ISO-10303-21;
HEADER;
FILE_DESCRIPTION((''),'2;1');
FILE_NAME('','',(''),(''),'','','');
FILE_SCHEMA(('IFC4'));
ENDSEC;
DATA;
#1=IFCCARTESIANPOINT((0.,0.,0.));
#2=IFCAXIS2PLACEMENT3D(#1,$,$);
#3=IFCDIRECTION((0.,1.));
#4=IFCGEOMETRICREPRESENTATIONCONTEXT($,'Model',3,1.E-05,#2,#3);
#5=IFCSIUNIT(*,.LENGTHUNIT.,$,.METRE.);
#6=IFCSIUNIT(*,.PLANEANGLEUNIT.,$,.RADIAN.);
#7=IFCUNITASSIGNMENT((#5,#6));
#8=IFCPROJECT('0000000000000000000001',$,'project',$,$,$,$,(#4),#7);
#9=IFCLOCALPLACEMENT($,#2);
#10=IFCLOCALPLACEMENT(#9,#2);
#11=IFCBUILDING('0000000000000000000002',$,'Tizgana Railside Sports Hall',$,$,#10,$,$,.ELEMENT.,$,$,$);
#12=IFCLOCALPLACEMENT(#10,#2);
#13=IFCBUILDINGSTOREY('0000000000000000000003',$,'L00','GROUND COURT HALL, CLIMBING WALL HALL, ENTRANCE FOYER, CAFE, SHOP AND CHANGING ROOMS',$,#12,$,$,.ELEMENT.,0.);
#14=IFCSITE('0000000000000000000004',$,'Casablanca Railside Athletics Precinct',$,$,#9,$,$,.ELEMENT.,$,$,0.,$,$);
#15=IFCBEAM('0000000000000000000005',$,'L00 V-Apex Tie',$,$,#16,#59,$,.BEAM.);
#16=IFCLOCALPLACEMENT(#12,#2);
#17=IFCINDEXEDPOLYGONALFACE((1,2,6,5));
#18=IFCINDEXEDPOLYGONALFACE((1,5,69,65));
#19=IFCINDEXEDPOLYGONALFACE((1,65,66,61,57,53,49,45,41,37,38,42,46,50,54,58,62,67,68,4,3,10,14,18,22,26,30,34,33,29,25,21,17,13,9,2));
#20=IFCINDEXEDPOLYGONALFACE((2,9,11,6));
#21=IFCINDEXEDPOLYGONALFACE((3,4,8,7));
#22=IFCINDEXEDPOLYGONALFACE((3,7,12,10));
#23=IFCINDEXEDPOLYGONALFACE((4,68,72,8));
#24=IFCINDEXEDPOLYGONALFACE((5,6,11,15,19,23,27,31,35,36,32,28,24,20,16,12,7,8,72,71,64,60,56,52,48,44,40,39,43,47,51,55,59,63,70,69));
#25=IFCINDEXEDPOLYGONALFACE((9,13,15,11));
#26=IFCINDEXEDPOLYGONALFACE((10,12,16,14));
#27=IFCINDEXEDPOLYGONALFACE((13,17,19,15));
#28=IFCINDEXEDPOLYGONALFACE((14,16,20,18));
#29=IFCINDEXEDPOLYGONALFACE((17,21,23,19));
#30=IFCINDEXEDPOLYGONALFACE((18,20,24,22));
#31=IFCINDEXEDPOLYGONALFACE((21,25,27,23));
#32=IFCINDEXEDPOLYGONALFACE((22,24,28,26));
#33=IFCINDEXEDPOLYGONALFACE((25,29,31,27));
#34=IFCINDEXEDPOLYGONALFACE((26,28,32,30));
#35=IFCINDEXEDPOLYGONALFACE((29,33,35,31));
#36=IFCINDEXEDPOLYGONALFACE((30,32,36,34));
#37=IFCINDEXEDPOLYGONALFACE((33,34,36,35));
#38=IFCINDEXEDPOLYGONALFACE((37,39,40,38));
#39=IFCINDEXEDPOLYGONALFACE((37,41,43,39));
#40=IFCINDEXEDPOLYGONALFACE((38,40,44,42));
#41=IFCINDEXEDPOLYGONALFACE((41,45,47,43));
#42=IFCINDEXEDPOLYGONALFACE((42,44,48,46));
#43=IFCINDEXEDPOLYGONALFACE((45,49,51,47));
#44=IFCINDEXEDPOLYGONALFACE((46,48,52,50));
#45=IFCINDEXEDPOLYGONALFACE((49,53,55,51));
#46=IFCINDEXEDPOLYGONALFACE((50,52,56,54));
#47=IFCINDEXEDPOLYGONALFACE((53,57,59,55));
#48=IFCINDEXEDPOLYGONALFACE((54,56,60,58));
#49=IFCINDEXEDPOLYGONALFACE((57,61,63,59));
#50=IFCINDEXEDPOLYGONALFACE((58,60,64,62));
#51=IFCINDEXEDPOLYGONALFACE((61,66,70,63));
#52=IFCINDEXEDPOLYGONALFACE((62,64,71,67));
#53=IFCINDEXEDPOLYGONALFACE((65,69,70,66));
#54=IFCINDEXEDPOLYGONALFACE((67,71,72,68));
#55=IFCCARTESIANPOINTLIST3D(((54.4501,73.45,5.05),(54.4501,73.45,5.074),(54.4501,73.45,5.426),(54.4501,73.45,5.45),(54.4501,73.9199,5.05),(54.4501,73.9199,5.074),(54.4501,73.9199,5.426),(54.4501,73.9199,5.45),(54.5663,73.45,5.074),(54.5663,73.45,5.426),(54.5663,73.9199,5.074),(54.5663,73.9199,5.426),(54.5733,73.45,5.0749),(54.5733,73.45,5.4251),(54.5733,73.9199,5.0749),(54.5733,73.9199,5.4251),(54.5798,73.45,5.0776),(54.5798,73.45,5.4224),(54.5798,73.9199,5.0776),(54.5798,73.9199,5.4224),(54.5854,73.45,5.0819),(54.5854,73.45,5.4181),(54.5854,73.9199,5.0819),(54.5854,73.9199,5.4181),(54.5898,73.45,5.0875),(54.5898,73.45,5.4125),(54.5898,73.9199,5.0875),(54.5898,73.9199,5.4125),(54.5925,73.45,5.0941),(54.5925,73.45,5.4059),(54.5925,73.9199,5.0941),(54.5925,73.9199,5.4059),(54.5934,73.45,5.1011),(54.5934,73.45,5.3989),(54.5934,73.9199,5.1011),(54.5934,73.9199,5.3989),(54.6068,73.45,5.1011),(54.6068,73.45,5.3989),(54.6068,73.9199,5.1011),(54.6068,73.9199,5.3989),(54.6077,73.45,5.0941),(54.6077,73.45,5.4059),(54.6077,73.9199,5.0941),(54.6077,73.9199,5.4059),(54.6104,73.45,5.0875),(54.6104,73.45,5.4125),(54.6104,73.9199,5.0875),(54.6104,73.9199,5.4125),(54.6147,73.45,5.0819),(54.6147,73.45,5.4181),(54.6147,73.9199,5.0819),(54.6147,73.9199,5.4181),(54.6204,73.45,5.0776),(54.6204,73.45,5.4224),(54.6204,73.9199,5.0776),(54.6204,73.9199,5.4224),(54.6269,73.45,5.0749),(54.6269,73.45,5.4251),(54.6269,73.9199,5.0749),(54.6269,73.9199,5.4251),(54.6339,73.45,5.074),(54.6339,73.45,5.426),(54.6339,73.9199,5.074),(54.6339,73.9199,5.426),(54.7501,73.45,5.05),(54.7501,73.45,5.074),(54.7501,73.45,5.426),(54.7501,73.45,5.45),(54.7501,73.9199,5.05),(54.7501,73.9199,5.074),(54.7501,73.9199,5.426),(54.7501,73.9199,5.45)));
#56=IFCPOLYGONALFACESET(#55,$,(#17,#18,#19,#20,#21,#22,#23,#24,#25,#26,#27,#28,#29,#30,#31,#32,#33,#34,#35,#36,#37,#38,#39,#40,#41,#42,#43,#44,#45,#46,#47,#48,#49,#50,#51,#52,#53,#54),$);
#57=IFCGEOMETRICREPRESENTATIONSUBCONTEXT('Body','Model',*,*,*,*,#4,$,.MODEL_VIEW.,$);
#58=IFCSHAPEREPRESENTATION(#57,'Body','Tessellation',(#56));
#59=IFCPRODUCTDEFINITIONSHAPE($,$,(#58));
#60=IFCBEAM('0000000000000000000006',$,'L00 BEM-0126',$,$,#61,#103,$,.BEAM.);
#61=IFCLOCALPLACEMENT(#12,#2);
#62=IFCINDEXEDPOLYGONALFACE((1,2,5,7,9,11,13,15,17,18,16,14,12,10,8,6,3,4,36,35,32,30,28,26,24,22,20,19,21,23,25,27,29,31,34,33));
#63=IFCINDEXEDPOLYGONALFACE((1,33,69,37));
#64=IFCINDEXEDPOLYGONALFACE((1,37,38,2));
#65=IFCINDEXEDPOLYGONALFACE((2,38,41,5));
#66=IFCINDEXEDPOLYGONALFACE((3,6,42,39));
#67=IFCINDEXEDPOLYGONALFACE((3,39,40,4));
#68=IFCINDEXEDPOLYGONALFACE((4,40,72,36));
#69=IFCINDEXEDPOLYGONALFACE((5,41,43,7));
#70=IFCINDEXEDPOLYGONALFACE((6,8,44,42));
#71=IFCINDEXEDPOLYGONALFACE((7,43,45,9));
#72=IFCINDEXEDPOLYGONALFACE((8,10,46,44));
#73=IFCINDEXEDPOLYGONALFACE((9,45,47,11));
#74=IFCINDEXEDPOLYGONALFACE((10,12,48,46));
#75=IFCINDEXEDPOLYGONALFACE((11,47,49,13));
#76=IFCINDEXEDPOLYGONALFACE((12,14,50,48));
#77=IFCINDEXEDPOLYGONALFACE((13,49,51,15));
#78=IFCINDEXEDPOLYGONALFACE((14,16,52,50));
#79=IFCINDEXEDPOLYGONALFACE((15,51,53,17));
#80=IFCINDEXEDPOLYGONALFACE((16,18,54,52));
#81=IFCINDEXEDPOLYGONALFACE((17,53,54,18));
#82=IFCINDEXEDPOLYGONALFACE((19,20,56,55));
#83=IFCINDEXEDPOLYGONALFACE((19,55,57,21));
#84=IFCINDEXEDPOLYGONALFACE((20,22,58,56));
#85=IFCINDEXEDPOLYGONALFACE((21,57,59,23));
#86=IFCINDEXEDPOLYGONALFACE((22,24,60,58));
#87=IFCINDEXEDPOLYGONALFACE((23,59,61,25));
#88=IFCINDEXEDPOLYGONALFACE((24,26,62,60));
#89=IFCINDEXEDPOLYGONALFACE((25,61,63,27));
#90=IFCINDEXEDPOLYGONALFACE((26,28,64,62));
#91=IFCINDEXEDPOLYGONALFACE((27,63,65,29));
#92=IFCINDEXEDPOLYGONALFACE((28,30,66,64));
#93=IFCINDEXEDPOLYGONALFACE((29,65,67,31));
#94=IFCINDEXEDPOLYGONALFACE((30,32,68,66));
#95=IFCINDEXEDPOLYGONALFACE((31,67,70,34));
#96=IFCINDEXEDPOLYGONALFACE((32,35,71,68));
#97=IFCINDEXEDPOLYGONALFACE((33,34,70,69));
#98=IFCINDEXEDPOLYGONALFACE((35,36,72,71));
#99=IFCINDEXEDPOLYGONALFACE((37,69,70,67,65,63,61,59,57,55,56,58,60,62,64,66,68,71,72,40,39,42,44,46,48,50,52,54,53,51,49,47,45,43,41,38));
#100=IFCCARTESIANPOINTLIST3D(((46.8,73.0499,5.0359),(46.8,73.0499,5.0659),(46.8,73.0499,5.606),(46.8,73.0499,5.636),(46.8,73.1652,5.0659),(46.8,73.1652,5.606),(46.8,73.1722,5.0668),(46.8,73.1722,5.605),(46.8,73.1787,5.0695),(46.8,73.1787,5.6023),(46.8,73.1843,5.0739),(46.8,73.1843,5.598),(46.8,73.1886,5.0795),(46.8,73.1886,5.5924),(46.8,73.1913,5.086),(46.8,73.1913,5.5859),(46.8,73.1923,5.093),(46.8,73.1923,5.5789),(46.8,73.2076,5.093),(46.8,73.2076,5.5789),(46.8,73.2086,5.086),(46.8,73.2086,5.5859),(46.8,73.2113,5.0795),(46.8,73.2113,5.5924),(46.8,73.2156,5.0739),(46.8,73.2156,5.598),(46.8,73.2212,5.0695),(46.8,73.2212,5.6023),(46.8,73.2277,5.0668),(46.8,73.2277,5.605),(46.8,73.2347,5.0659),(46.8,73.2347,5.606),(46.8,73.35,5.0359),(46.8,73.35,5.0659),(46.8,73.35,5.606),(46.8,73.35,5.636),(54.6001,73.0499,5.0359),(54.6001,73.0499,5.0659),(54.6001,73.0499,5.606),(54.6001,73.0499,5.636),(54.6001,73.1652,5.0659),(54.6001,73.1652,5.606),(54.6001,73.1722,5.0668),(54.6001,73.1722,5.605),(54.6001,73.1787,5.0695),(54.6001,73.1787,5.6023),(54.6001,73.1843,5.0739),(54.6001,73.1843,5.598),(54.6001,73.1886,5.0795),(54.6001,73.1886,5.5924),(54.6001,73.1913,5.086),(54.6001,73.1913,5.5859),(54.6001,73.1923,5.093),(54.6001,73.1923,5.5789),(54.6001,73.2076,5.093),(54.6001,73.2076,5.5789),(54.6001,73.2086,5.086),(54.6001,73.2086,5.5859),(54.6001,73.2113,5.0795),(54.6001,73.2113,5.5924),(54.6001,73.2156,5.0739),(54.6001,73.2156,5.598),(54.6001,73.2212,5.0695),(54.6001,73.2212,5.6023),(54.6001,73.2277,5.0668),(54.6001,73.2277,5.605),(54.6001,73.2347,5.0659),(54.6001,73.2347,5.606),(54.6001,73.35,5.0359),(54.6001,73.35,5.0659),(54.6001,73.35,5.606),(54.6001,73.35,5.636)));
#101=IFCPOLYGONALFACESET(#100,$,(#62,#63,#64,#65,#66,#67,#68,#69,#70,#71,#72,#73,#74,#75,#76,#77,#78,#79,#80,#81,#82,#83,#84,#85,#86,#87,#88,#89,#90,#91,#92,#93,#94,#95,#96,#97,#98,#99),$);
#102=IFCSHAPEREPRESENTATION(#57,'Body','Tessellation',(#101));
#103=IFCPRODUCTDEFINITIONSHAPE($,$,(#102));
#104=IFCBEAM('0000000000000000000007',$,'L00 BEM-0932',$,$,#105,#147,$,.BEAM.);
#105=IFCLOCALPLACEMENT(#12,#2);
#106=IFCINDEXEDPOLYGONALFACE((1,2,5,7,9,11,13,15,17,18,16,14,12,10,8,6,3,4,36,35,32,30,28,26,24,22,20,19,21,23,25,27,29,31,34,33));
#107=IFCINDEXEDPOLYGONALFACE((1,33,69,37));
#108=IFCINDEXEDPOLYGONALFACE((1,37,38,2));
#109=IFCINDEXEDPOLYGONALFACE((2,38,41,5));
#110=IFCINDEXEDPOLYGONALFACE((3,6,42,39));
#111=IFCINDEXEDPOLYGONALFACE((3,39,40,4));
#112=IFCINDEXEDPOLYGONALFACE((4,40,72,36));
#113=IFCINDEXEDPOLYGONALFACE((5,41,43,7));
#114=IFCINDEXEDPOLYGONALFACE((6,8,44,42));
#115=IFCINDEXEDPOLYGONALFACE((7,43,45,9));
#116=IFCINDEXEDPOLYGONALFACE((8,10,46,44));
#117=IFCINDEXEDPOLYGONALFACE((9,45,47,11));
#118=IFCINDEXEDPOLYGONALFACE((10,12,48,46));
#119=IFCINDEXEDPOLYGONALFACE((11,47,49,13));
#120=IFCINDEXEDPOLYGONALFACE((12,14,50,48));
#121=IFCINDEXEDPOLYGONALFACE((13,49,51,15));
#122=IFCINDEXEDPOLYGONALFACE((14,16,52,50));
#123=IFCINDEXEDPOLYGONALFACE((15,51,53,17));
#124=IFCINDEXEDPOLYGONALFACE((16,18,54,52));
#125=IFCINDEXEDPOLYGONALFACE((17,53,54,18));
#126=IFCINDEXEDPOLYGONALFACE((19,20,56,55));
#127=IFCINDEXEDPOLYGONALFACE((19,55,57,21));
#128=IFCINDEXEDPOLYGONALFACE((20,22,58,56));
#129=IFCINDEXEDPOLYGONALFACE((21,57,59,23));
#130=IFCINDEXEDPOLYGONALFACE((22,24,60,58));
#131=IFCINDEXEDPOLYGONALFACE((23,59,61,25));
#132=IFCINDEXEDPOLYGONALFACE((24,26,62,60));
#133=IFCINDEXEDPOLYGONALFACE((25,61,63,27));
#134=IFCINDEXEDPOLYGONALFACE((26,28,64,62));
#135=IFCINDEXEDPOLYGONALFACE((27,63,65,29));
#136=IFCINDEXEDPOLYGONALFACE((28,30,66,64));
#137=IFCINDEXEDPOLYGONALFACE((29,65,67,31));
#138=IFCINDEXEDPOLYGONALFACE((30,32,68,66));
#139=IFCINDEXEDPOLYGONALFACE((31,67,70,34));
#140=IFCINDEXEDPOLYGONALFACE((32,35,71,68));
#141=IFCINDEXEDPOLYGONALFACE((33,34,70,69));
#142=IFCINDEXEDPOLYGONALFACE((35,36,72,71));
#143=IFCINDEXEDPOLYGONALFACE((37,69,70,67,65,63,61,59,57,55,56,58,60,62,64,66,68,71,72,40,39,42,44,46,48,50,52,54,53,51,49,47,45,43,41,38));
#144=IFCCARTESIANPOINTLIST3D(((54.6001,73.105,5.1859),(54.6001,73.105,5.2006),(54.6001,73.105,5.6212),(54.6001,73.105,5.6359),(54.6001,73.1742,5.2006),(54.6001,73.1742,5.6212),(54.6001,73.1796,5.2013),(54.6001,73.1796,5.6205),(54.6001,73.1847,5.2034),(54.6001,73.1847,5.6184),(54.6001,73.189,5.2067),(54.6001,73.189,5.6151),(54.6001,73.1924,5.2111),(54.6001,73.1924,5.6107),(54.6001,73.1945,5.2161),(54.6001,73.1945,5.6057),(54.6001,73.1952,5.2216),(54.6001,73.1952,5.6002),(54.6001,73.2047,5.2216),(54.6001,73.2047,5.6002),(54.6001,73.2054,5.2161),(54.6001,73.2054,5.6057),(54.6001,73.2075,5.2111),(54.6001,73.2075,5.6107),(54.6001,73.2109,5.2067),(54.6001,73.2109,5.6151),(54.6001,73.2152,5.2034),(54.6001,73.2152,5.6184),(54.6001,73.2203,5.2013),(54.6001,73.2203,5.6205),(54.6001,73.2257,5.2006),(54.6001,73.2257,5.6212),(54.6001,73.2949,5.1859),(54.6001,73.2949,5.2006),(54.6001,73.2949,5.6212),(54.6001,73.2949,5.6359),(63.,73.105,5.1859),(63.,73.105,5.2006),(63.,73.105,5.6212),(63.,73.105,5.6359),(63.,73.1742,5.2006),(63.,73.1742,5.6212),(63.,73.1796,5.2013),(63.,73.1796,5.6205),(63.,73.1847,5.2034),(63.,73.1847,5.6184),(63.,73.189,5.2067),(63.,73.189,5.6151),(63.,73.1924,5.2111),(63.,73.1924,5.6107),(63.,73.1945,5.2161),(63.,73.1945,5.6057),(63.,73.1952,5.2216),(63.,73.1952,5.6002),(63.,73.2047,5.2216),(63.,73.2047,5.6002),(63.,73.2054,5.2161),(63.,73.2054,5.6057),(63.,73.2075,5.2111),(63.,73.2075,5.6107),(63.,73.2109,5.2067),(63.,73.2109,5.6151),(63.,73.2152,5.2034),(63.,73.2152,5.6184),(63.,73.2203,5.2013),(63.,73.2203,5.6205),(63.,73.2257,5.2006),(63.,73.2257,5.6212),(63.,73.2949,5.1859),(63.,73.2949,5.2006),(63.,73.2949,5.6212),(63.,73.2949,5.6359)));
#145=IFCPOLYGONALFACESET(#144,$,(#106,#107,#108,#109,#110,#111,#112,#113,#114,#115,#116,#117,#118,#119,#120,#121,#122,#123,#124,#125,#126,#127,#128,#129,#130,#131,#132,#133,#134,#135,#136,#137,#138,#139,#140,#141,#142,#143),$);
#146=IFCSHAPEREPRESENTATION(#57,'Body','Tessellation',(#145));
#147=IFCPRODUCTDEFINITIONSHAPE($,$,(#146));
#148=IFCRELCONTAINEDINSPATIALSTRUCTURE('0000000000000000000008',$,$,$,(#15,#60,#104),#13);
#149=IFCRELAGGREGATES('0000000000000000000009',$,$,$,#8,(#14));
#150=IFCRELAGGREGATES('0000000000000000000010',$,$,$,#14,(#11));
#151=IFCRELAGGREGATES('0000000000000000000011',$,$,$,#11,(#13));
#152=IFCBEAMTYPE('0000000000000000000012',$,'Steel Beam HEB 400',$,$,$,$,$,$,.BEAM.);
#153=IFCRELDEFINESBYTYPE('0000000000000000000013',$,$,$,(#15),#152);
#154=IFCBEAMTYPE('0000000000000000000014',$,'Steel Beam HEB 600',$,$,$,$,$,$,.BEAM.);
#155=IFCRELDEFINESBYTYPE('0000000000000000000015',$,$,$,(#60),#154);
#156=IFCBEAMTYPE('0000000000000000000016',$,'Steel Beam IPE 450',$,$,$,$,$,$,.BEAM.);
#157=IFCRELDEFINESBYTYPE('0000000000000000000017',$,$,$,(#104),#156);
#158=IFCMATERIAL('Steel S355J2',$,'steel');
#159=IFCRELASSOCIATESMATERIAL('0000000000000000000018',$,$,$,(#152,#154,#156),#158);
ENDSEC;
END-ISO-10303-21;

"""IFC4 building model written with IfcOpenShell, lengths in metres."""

from ifc_helpers import new_model, si_unit, direction, frame, origin, origin_2d, place, context, subcontext, project, spatial, i_section, extrude, material, material_profile, profile_set, type_object, element, save


model = new_model("IFC4")

# Units and contexts
model_context = context("Model", 3, precision=1e-05, world=origin(), true_north=direction((0.0, 1.0)))
body_context = subcontext(model_context, "Body", "Model", "MODEL_VIEW")
ifc_project = project(units=[si_unit("LENGTHUNIT", "METRE"), si_unit("PLANEANGLEUNIT", "RADIAN")], contexts=[model_context])

# Site, building, storey
site_placement = place(None, origin())
site = spatial("IfcSite", under=ifc_project, at=site_placement, Name="Casablanca Railside Athletics Precinct", CompositionType="ELEMENT", RefElevation=0.0)
building_placement = place(site_placement, origin())
building = spatial("IfcBuilding", under=site, at=building_placement, Name="Tizgana Railside Sports Hall", CompositionType="ELEMENT")
storey_placement = place(building_placement, origin())
storey = spatial("IfcBuildingStorey", under=building, at=storey_placement, Name="L00", Description="GROUND COURT HALL, CLIMBING WALL HALL, ENTRANCE FOYER, CAFE, SHOP AND CHANGING ROOMS", CompositionType="ELEMENT", Elevation=0.0)

# Shared definitions
ifc_material_1 = material(Name="Steel S355J2", Category="steel")

# Beams
ifc_material_profile_1 = material_profile(ifc_material_1, i_section(OverallWidth=0.3, OverallDepth=0.3999, WebThickness=0.0134, FlangeThickness=0.0239, FilletRadius=0.0271, at=origin_2d()), Name="HEB 400")
ifc_profile_set_1 = profile_set([ifc_material_profile_1], Name="Steel S355J2")
beam_type_1 = type_object("IfcBeamType", Name="Steel Beam HEB 400", PredefinedType="BEAM", material=ifc_profile_set_1)
beam_1_placement = place(storey_placement, frame((54.6001, 73.9199, 5.25), z_axis=(0.0, -1.0, 0.0), x_axis=(1.0, 0.0, 0.0)))
element("IfcBeam", 1, at=beam_1_placement, inside=storey, type_object=beam_type_1, Name="L00 V-Apex Tie", PredefinedType="BEAM", context=body_context, shape_type="SweptSolid", body=[
    extrude(i_section(OverallWidth=0.3, OverallDepth=0.3999, WebThickness=0.0134, FlangeThickness=0.0239, FilletRadius=0.0271, at=origin_2d()), origin(), (0.0, 0.0, 1.0), 0.47),
])
ifc_material_profile_2 = material_profile(ifc_material_1, i_section(OverallWidth=0.3, OverallDepth=0.6001, WebThickness=0.0154, FlangeThickness=0.03, FilletRadius=0.0271, at=origin_2d()), Name="HEB 600")
ifc_profile_set_2 = profile_set([ifc_material_profile_2], Name="Steel S355J2")
beam_type_2 = type_object("IfcBeamType", Name="Steel Beam HEB 600", PredefinedType="BEAM", material=ifc_profile_set_2)
beam_2_placement = place(storey_placement, frame((46.8, 73.2, 5.3359), z_axis=(1.0, 0.0, 0.0), x_axis=(0.0, 1.0, 0.0)))
element("IfcBeam", 2, at=beam_2_placement, inside=storey, type_object=beam_type_2, Name="L00 BEM-0126", PredefinedType="BEAM", context=body_context, shape_type="SweptSolid", body=[
    extrude(i_section(OverallWidth=0.3, OverallDepth=0.6001, WebThickness=0.0154, FlangeThickness=0.03, FilletRadius=0.0271, at=origin_2d()), origin(), (0.0, 0.0, 1.0), 7.8),
])
ifc_material_profile_3 = material_profile(ifc_material_1, i_section(OverallWidth=0.1899, OverallDepth=0.45, WebThickness=0.0095, FlangeThickness=0.0146, FilletRadius=0.021, at=origin_2d()), Name="IPE 450")
ifc_profile_set_3 = profile_set([ifc_material_profile_3], Name="Steel S355J2")
beam_type_3 = type_object("IfcBeamType", Name="Steel Beam IPE 450", PredefinedType="BEAM", material=ifc_profile_set_3)
beam_3_placement = place(storey_placement, frame((54.6001, 73.2, 5.4109), z_axis=(1.0, 0.0, 0.0), x_axis=(0.0, 1.0, 0.0)))
element("IfcBeam", 3, at=beam_3_placement, inside=storey, type_object=beam_type_3, Name="L00 BEM-0932", PredefinedType="BEAM", context=body_context, shape_type="SweptSolid", body=[
    extrude(i_section(OverallWidth=0.1899, OverallDepth=0.45, WebThickness=0.0095, FlangeThickness=0.0146, FilletRadius=0.021, at=origin_2d()), origin(), (0.0, 0.0, 1.0), 8.3999),
])

save(model, "model.ifc")
